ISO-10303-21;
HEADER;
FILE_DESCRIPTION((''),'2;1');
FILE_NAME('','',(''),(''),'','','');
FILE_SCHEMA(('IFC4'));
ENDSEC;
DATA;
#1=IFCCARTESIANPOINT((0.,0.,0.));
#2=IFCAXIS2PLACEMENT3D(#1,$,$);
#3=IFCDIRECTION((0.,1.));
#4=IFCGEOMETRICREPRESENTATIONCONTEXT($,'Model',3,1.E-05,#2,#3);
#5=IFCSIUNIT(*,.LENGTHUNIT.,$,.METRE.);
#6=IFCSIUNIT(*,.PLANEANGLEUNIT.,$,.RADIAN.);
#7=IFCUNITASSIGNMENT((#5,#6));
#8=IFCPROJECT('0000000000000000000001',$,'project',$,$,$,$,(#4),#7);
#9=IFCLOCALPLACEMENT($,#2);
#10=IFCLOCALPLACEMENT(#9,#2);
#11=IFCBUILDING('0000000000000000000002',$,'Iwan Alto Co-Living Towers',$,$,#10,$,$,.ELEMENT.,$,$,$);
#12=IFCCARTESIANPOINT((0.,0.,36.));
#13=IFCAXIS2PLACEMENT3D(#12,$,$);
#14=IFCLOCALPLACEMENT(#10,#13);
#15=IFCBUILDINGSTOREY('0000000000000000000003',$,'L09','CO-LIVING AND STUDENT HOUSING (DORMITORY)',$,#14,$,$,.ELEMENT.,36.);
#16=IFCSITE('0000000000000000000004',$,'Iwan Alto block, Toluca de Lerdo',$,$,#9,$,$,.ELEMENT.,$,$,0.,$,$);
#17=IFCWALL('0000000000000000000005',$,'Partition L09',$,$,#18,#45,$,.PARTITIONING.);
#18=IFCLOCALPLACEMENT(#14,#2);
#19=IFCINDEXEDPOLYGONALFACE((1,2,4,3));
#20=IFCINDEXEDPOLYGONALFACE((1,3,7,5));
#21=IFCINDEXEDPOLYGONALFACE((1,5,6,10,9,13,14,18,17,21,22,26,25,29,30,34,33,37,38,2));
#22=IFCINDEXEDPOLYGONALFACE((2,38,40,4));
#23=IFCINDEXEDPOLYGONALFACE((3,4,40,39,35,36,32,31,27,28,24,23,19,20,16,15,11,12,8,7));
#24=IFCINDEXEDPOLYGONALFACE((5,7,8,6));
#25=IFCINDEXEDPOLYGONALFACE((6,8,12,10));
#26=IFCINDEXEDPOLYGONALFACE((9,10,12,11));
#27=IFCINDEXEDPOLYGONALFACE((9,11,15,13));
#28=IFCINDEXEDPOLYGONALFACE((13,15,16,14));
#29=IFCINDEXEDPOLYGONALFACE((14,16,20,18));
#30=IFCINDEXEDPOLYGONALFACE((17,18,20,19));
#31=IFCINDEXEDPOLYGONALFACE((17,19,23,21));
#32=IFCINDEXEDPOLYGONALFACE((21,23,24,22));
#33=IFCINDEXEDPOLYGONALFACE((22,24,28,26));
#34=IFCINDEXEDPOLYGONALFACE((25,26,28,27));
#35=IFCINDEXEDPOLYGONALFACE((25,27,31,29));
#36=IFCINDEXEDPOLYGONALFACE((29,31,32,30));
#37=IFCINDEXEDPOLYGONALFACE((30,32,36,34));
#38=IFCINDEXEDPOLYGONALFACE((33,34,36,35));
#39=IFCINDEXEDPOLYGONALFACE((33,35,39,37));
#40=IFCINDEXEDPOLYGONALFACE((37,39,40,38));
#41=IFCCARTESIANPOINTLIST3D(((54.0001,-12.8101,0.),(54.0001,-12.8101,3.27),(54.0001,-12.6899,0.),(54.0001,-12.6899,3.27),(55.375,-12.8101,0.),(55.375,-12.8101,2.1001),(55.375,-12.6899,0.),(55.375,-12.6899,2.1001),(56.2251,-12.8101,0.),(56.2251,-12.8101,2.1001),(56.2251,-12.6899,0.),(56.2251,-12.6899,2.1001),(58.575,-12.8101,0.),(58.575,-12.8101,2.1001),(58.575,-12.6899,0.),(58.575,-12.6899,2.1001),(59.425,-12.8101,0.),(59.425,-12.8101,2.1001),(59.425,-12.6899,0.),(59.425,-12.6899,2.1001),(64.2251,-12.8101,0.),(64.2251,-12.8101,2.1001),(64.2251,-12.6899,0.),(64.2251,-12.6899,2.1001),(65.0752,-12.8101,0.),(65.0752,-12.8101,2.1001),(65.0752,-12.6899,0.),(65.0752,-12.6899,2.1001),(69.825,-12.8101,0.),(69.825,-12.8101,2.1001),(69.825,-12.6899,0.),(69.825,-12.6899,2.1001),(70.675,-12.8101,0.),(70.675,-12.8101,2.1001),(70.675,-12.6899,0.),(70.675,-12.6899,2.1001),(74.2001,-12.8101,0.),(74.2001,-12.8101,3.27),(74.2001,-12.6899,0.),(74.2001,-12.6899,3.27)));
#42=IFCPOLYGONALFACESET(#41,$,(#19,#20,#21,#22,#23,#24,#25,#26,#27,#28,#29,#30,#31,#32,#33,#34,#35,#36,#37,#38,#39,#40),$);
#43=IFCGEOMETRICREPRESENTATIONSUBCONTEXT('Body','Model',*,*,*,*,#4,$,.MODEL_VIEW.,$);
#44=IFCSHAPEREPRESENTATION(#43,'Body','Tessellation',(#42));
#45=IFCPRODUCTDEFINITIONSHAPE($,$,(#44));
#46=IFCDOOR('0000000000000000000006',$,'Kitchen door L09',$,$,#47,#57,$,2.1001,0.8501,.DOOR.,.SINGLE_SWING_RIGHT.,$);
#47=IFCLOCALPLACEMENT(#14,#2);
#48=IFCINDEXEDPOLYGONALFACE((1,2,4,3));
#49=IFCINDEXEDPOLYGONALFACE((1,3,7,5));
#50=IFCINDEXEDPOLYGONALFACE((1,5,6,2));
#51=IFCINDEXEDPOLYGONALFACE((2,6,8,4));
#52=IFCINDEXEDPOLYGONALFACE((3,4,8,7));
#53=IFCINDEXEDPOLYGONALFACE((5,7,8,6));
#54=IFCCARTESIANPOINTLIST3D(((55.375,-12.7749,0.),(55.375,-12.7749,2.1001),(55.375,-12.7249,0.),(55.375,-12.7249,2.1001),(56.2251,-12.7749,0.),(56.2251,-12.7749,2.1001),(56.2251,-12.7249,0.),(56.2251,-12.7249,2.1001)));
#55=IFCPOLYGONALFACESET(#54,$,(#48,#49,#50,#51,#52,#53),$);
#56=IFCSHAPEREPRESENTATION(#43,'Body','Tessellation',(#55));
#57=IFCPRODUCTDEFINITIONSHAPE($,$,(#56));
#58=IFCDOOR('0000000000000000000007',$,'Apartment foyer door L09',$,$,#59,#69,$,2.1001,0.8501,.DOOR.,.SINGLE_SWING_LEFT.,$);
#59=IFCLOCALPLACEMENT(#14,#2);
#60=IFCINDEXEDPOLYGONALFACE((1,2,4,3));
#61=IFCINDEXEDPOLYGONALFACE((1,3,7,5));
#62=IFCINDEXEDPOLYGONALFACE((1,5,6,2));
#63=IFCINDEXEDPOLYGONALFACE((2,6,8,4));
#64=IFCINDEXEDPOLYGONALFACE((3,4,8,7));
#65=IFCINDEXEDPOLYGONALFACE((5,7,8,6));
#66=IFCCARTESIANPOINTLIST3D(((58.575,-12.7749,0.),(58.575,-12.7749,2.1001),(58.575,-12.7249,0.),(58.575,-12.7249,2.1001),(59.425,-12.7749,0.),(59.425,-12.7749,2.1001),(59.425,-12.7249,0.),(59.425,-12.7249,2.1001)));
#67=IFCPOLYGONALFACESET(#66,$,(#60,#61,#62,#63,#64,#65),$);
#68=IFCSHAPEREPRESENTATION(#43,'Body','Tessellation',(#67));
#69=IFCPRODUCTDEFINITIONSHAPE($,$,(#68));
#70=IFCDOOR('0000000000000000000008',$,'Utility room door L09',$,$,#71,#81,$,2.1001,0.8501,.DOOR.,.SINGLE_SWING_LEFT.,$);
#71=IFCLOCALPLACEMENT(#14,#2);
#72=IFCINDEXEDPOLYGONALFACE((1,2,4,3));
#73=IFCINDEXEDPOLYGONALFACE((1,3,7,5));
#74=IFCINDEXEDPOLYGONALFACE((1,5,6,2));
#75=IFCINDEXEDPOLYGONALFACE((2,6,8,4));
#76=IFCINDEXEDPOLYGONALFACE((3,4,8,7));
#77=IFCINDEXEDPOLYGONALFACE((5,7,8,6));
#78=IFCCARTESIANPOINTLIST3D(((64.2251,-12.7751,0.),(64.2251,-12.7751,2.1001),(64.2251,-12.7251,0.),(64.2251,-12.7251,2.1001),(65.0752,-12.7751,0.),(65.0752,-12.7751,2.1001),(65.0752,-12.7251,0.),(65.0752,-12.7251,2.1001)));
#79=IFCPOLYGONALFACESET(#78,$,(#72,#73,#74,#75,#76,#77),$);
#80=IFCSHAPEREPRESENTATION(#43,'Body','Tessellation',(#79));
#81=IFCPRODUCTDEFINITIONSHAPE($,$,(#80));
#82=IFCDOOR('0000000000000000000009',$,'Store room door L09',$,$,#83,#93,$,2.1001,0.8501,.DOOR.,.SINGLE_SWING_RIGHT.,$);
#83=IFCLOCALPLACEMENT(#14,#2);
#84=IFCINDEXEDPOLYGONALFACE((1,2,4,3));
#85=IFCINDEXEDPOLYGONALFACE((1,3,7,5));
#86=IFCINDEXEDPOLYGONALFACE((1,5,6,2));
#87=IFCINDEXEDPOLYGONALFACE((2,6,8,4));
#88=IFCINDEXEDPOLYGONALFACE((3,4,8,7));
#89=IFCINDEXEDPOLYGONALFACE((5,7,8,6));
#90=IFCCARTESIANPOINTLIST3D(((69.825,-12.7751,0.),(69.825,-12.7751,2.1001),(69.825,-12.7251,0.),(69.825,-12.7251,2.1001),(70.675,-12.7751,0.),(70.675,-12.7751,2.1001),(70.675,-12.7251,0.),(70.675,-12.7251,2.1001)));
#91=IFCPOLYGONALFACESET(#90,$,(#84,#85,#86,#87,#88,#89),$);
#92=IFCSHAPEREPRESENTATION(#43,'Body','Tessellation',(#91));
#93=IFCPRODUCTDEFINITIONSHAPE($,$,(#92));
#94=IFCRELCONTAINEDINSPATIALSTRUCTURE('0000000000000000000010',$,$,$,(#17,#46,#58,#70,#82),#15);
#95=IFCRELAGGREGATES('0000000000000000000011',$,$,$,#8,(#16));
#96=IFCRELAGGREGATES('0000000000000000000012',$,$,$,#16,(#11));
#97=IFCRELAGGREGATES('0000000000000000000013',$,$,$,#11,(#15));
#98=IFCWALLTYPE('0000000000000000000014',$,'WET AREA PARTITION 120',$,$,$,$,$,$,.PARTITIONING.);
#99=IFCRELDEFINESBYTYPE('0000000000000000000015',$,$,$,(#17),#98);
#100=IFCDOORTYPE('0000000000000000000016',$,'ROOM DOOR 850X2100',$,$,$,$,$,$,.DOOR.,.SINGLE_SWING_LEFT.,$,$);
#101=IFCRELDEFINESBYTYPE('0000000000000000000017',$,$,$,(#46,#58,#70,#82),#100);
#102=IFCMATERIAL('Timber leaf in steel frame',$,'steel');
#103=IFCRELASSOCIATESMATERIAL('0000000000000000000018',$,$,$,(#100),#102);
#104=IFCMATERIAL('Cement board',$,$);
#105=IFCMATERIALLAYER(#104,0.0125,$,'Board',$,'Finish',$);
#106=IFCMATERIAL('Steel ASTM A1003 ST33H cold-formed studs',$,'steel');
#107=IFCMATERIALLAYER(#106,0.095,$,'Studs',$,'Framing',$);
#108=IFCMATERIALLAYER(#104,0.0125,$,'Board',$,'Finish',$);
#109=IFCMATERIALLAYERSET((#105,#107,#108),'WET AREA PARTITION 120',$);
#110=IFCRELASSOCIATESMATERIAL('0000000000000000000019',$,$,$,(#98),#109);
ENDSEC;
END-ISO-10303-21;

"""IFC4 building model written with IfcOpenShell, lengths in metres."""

from ifc_helpers import new_model, si_unit, direction, frame, frame_2d, origin, place, context, subcontext, project, spatial, rectangle, extrude, material, layer, layer_set, type_object, element, fill, save


model = new_model("IFC4")

# Units and contexts
model_context = context("Model", 3, precision=1e-05, world=origin(), true_north=direction((0.0, 1.0)))
body_context = subcontext(model_context, "Body", "Model", "MODEL_VIEW")
ifc_project = project(units=[si_unit("LENGTHUNIT", "METRE"), si_unit("PLANEANGLEUNIT", "RADIAN")], contexts=[model_context])

# Site, building, storey
site_placement = place(None, origin())
site = spatial("IfcSite", under=ifc_project, at=site_placement, Name="Iwan Alto block, Toluca de Lerdo", CompositionType="ELEMENT", RefElevation=0.0)
building_placement = place(site_placement, origin())
building = spatial("IfcBuilding", under=site, at=building_placement, Name="Iwan Alto Co-Living Towers", CompositionType="ELEMENT")
storey_placement = place(building_placement, frame((0.0, 0.0, 36.0)))
storey = spatial("IfcBuildingStorey", under=building, at=storey_placement, Name="L09", Description="CO-LIVING AND STUDENT HOUSING (DORMITORY)", CompositionType="ELEMENT", Elevation=36.0)

# Shared definitions
ifc_material_1 = material(Name="Steel ASTM A1003 ST33H cold-formed studs", Category="steel")

# Shared definitions
ifc_material_2 = material(Name="Timber leaf in steel frame", Category="steel")
door_type = type_object("IfcDoorType", Name="ROOM DOOR 850X2100", OperationType="SINGLE_SWING_LEFT", PredefinedType="DOOR", material=ifc_material_2)

# Shared definitions
ifc_material_3 = material(Name="Cement board")
ifc_layer_1 = layer(ifc_material_3, 0.0125, Name="Board", Category="Finish")
ifc_layer_2 = layer(ifc_material_1, 0.095, Name="Studs", Category="Framing")
ifc_layer_3 = layer(ifc_material_3, 0.0125, Name="Board", Category="Finish")
ifc_layer_set_1 = layer_set([ifc_layer_1, ifc_layer_2, ifc_layer_3], Name="WET AREA PARTITION 120")
wall_type_1 = type_object("IfcWallType", Name="WET AREA PARTITION 120", PredefinedType="PARTITIONING", material=ifc_layer_set_1)

# Wall, openings, doors
wall_1_placement = place(storey_placement, frame((54.0, -12.75, 0.0), z_axis=(0.0, 0.0, 1.0), x_axis=(1.0, 0.0, 0.0)))
wall_1 = element("IfcWall", 1, at=wall_1_placement, inside=storey, type_object=wall_type_1, Name="Partition L09", PredefinedType="PARTITIONING", context=body_context, shape_type="SweptSolid", body=[
    extrude(rectangle(XDim=20.2, YDim=0.1201, at=frame_2d((10.1001, 0.0))), origin(), (0.0, 0.0, 1.0), 3.27),
])
opening_1_placement = place(wall_1_placement, frame((1.375, 0.0, 0.0)))
opening_1 = element("IfcOpeningElement", 2, at=opening_1_placement, cuts=wall_1, PredefinedType="OPENING", context=body_context, shape_type="SweptSolid", body=[
    extrude(rectangle(XDim=0.8501, YDim=2.1001, at=frame_2d((0.425, 1.05))), frame((0.0, 0.0701, 0.0), z_axis=(0.0, -1.0, 0.0), x_axis=(1.0, 0.0, 0.0)), (0.0, 0.0, 1.0), 0.1401),
])
opening_2_placement = place(wall_1_placement, frame((4.575, 0.0, 0.0)))
opening_2 = element("IfcOpeningElement", 3, at=opening_2_placement, cuts=wall_1, PredefinedType="OPENING", context=body_context, shape_type="SweptSolid", body=[
    extrude(rectangle(XDim=0.8501, YDim=2.1001, at=frame_2d((0.425, 1.05))), frame((0.0, 0.0701, 0.0), z_axis=(0.0, -1.0, 0.0), x_axis=(1.0, 0.0, 0.0)), (0.0, 0.0, 1.0), 0.1401),
])
opening_3_placement = place(wall_1_placement, frame((10.2251, 0.0, 0.0)))
opening_3 = element("IfcOpeningElement", 4, at=opening_3_placement, cuts=wall_1, PredefinedType="OPENING", context=body_context, shape_type="SweptSolid", body=[
    extrude(rectangle(XDim=0.8501, YDim=2.1001, at=frame_2d((0.425, 1.05))), frame((0.0, 0.0701, 0.0), z_axis=(0.0, -1.0, 0.0), x_axis=(1.0, 0.0, 0.0)), (0.0, 0.0, 1.0), 0.1401),
])
opening_4_placement = place(wall_1_placement, frame((15.825, 0.0, 0.0)))
opening_4 = element("IfcOpeningElement", 5, at=opening_4_placement, cuts=wall_1, PredefinedType="OPENING", context=body_context, shape_type="SweptSolid", body=[
    extrude(rectangle(XDim=0.8501, YDim=2.1001, at=frame_2d((0.425, 1.05))), frame((0.0, 0.0701, 0.0), z_axis=(0.0, -1.0, 0.0), x_axis=(1.0, 0.0, 0.0)), (0.0, 0.0, 1.0), 0.1401),
])
door_1_placement = place(opening_1_placement, frame((0.8501, 0.0, 0.0), z_axis=(0.0, 0.0, 1.0), x_axis=(-1.0, 0.0, 0.0)))
door_1 = element("IfcDoor", 6, at=door_1_placement, inside=storey, type_object=door_type, Name="Kitchen door L09", OperationType="SINGLE_SWING_RIGHT", OverallHeight=2.1001, OverallWidth=0.8501, PredefinedType="DOOR", context=body_context, shape_type="SweptSolid", body=[
    extrude(rectangle(XDim=0.8501, YDim=2.1001, at=frame_2d((0.425, 1.05))), frame((0.0, 0.0249, 0.0), z_axis=(0.0, -1.0, 0.0), x_axis=(1.0, 0.0, 0.0)), (0.0, 0.0, 1.0), 0.05),
])
fill(opening_1, door_1)
door_2_placement = place(opening_2_placement, frame((0.8501, 0.0, 0.0), z_axis=(0.0, 0.0, 1.0), x_axis=(-1.0, 0.0, 0.0)))
door_2 = element("IfcDoor", 7, at=door_2_placement, inside=storey, type_object=door_type, Name="Apartment foyer door L09", OperationType="SINGLE_SWING_LEFT", OverallHeight=2.1001, OverallWidth=0.8501, PredefinedType="DOOR", context=body_context, shape_type="SweptSolid", body=[
    extrude(rectangle(XDim=0.8501, YDim=2.1001, at=frame_2d((0.425, 1.05))), frame((0.0, 0.0249, 0.0), z_axis=(0.0, -1.0, 0.0), x_axis=(1.0, 0.0, 0.0)), (0.0, 0.0, 1.0), 0.05),
])
fill(opening_2, door_2)
door_3_placement = place(opening_3_placement, origin())
door_3 = element("IfcDoor", 8, at=door_3_placement, inside=storey, type_object=door_type, Name="Utility room door L09", OperationType="SINGLE_SWING_LEFT", OverallHeight=2.1001, OverallWidth=0.8501, PredefinedType="DOOR", context=body_context, shape_type="SweptSolid", body=[
    extrude(rectangle(XDim=0.8501, YDim=2.1001, at=frame_2d((0.425, 1.05))), frame((0.0, 0.0249, 0.0), z_axis=(0.0, -1.0, 0.0), x_axis=(1.0, 0.0, 0.0)), (0.0, 0.0, 1.0), 0.05),
])
fill(opening_3, door_3)
door_4_placement = place(opening_4_placement, origin())
door_4 = element("IfcDoor", 9, at=door_4_placement, inside=storey, type_object=door_type, Name="Store room door L09", OperationType="SINGLE_SWING_RIGHT", OverallHeight=2.1001, OverallWidth=0.8501, PredefinedType="DOOR", context=body_context, shape_type="SweptSolid", body=[
    extrude(rectangle(XDim=0.8501, YDim=2.1001, at=frame_2d((0.425, 1.05))), frame((0.0, 0.0249, 0.0), z_axis=(0.0, -1.0, 0.0), x_axis=(1.0, 0.0, 0.0)), (0.0, 0.0, 1.0), 0.05),
])
fill(opening_4, door_4)

save(model, "model.ifc")
